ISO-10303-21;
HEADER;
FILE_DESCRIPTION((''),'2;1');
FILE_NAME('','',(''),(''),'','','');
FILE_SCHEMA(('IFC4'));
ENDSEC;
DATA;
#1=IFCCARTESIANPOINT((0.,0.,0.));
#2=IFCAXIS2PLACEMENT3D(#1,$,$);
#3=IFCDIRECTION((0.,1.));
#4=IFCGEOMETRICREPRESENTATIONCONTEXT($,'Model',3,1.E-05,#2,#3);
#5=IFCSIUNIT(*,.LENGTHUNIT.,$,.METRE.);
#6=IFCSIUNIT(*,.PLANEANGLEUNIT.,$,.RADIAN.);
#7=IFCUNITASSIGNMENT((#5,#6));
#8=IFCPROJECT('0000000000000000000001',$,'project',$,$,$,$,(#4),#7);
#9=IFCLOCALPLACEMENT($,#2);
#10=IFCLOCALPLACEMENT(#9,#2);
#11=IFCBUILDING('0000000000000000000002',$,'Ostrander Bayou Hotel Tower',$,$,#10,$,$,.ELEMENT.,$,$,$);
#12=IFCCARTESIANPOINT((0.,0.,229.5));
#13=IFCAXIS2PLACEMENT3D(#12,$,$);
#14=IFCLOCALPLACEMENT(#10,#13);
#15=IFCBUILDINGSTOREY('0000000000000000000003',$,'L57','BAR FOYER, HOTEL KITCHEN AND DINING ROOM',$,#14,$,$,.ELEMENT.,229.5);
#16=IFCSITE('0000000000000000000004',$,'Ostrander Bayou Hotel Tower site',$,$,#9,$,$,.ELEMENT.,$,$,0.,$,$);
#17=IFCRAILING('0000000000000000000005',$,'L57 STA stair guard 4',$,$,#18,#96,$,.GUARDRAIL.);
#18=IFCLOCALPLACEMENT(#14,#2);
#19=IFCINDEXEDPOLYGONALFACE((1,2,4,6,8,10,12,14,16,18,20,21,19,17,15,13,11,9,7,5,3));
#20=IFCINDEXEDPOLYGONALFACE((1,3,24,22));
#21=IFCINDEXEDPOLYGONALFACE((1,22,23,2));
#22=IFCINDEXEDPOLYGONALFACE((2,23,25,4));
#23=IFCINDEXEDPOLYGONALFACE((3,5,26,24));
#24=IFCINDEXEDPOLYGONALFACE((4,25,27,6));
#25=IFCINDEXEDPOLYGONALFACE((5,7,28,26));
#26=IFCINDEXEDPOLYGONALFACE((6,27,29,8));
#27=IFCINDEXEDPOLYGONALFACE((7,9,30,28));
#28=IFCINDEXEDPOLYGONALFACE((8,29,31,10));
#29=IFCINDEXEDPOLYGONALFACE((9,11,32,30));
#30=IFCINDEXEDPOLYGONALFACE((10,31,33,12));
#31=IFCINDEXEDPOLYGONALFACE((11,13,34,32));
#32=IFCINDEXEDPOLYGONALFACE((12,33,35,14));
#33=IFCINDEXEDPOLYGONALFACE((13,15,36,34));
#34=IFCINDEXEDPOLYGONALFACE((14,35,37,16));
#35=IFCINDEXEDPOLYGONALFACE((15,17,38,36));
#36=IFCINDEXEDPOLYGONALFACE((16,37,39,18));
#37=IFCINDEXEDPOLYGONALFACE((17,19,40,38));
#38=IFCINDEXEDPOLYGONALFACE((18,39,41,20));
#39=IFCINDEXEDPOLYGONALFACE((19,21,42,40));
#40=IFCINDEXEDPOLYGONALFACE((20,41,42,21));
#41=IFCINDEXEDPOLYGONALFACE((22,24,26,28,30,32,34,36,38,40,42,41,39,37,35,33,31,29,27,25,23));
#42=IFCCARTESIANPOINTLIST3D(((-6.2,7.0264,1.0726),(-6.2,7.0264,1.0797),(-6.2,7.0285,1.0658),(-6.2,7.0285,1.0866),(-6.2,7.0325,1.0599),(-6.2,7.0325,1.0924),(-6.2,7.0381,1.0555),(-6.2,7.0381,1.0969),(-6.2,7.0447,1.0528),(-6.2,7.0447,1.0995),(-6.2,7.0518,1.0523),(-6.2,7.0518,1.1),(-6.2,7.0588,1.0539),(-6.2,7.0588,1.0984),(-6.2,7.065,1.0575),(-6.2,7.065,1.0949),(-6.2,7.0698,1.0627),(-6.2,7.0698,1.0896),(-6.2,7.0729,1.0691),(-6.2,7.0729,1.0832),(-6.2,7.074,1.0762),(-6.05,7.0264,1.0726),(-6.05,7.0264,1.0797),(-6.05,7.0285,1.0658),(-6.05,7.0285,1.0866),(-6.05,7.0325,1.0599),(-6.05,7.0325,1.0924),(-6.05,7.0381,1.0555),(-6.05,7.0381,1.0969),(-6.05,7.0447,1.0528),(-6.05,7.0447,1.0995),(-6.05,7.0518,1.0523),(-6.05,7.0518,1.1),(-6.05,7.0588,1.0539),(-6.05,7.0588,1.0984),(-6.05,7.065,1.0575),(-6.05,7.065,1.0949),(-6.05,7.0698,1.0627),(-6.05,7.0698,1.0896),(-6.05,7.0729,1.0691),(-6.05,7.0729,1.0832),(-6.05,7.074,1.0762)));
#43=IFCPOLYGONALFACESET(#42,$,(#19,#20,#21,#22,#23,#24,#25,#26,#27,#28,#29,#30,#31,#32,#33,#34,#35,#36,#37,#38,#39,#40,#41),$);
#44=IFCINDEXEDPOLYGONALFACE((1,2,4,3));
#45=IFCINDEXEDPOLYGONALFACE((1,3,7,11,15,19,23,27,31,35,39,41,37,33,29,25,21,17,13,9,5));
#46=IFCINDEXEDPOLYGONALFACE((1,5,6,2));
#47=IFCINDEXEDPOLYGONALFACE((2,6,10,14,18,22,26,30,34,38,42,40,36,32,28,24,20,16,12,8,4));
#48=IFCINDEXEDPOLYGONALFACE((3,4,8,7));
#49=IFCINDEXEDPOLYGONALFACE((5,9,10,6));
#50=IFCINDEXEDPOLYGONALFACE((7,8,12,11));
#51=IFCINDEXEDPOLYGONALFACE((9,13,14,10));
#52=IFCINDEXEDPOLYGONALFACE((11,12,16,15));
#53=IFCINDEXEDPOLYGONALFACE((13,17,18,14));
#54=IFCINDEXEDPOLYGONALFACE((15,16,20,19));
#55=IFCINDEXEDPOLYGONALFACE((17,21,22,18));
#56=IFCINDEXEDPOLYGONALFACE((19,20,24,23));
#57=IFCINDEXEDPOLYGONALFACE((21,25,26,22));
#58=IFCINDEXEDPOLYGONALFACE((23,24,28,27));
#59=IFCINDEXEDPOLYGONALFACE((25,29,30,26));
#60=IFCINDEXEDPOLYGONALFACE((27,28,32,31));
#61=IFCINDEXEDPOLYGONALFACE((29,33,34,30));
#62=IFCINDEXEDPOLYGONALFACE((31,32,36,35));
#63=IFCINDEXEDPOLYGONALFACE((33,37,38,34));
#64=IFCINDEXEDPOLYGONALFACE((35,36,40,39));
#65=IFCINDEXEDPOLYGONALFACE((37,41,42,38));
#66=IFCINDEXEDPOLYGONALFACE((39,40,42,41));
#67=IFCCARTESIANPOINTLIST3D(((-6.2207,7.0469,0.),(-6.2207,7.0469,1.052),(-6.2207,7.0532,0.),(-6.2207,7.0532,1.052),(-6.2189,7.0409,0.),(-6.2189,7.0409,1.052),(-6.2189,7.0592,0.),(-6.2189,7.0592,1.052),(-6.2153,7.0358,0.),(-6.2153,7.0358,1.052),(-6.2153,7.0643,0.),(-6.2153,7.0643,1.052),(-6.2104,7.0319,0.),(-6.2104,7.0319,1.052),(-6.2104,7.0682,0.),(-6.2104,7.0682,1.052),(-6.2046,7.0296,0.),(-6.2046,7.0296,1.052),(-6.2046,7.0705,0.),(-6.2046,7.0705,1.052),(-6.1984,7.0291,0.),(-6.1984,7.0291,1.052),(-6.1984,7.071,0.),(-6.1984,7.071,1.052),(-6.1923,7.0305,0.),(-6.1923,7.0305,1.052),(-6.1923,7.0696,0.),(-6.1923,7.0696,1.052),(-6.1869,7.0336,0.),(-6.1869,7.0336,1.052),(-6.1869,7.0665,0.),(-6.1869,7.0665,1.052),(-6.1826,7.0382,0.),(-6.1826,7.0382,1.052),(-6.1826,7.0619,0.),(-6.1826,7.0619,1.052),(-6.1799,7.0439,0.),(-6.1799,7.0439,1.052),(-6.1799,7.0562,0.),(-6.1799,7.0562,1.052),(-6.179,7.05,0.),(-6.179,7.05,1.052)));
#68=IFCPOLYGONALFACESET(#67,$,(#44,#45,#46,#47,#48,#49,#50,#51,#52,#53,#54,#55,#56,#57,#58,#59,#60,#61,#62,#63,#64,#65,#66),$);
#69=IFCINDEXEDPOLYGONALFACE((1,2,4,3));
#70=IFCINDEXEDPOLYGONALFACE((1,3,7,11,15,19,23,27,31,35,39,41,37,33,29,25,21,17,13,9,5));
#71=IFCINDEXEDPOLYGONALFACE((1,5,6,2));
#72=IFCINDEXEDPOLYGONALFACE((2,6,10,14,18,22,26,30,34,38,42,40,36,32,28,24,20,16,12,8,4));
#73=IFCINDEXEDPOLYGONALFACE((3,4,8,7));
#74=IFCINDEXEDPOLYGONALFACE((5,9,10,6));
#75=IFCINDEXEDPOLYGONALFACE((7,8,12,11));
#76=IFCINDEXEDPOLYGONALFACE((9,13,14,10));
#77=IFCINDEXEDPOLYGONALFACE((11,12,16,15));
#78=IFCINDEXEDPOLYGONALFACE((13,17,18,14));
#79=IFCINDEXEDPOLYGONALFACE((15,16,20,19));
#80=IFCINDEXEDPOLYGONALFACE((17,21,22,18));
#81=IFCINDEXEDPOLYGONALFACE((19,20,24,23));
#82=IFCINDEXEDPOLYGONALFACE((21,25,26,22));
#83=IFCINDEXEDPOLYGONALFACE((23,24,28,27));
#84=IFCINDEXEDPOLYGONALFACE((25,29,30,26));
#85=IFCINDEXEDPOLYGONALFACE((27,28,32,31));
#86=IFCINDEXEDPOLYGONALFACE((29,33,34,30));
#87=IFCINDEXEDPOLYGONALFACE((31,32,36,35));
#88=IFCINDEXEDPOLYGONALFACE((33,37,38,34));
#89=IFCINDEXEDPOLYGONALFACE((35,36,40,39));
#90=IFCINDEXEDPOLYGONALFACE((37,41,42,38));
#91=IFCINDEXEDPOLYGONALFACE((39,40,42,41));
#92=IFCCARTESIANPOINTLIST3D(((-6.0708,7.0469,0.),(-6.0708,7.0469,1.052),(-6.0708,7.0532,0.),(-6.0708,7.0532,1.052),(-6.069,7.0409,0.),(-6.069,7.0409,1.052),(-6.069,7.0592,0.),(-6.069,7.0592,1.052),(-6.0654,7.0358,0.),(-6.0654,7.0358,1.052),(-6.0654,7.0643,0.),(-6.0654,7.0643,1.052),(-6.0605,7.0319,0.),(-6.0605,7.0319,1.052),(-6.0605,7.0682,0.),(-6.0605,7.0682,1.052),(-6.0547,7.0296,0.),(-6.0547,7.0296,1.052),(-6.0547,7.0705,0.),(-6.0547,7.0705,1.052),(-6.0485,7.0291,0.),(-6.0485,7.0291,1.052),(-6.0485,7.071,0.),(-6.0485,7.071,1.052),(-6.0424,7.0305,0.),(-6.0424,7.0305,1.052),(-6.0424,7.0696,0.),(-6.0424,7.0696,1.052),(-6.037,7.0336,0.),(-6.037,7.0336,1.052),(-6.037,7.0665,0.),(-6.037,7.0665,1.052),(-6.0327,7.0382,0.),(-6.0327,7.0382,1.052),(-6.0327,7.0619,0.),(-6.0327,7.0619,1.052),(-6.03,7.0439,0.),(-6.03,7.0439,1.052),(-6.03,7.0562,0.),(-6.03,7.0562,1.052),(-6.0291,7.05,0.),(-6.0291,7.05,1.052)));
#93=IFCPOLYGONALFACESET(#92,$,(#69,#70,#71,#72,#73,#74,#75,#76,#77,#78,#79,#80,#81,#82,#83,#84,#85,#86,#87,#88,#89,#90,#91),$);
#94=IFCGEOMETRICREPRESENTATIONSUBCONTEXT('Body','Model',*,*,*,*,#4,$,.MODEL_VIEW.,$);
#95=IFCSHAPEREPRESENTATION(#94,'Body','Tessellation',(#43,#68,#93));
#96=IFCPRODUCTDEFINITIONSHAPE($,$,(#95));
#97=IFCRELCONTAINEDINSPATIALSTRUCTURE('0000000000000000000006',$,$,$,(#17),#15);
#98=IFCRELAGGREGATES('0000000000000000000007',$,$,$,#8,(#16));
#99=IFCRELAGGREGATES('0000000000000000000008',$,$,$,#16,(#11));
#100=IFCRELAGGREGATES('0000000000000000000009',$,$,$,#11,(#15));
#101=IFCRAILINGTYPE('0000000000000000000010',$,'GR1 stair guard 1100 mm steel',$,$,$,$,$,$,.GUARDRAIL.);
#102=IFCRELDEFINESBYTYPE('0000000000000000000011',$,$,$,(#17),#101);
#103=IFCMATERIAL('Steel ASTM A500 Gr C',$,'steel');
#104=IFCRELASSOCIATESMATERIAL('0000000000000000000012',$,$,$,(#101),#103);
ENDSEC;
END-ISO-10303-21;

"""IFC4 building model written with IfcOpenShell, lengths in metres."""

from ifc_helpers import new_model, si_unit, direction, frame, origin, origin_2d, place, context, subcontext, project, spatial, circle, extrude, material, type_object, element, save


model = new_model("IFC4")

# Units and contexts
model_context = context("Model", 3, precision=1e-05, world=origin(), true_north=direction((0.0, 1.0)))
body_context = subcontext(model_context, "Body", "Model", "MODEL_VIEW")
ifc_project = project(units=[si_unit("LENGTHUNIT", "METRE"), si_unit("PLANEANGLEUNIT", "RADIAN")], contexts=[model_context])

# Site, building, storey
site_placement = place(None, origin())
site = spatial("IfcSite", under=ifc_project, at=site_placement, Name="Ostrander Bayou Hotel Tower site", CompositionType="ELEMENT", RefElevation=0.0)
building_placement = place(site_placement, origin())
building = spatial("IfcBuilding", under=site, at=building_placement, Name="Ostrander Bayou Hotel Tower", CompositionType="ELEMENT")
storey_placement = place(building_placement, frame((0.0, 0.0, 229.5)))
storey = spatial("IfcBuildingStorey", under=building, at=storey_placement, Name="L57", Description="BAR FOYER, HOTEL KITCHEN AND DINING ROOM", CompositionType="ELEMENT", Elevation=229.5)

# Railing
ifc_material_1 = material(Name="Steel ASTM A500 Gr C", Category="steel")
railing_type_1 = type_object("IfcRailingType", Name="GR1 stair guard 1100 mm steel", PredefinedType="GUARDRAIL", material=ifc_material_1)
railing_1_placement = place(storey_placement, frame((-6.2, 7.05, 0.0)))
element("IfcRailing", 1, at=railing_1_placement, inside=storey, type_object=railing_type_1, Name="L57 STA stair guard 4", PredefinedType="GUARDRAIL", context=body_context, shape_type="SweptSolid", body=[
    extrude(circle(Radius=0.0239, at=origin_2d()), frame((0.0, 0.0, 1.0762), z_axis=(1.0, 0.0, 0.0), x_axis=(0.0, 1.0, 0.0)), (0.0, 0.0, 1.0), 0.1499),
    extrude(circle(Radius=0.021, at=origin_2d()), origin(), (0.0, 0.0, 1.0), 1.052),
    extrude(circle(Radius=0.021, at=origin_2d()), frame((0.1499, 0.0, 0.0)), (0.0, 0.0, 1.0), 1.052),
])

save(model, "model.ifc")
